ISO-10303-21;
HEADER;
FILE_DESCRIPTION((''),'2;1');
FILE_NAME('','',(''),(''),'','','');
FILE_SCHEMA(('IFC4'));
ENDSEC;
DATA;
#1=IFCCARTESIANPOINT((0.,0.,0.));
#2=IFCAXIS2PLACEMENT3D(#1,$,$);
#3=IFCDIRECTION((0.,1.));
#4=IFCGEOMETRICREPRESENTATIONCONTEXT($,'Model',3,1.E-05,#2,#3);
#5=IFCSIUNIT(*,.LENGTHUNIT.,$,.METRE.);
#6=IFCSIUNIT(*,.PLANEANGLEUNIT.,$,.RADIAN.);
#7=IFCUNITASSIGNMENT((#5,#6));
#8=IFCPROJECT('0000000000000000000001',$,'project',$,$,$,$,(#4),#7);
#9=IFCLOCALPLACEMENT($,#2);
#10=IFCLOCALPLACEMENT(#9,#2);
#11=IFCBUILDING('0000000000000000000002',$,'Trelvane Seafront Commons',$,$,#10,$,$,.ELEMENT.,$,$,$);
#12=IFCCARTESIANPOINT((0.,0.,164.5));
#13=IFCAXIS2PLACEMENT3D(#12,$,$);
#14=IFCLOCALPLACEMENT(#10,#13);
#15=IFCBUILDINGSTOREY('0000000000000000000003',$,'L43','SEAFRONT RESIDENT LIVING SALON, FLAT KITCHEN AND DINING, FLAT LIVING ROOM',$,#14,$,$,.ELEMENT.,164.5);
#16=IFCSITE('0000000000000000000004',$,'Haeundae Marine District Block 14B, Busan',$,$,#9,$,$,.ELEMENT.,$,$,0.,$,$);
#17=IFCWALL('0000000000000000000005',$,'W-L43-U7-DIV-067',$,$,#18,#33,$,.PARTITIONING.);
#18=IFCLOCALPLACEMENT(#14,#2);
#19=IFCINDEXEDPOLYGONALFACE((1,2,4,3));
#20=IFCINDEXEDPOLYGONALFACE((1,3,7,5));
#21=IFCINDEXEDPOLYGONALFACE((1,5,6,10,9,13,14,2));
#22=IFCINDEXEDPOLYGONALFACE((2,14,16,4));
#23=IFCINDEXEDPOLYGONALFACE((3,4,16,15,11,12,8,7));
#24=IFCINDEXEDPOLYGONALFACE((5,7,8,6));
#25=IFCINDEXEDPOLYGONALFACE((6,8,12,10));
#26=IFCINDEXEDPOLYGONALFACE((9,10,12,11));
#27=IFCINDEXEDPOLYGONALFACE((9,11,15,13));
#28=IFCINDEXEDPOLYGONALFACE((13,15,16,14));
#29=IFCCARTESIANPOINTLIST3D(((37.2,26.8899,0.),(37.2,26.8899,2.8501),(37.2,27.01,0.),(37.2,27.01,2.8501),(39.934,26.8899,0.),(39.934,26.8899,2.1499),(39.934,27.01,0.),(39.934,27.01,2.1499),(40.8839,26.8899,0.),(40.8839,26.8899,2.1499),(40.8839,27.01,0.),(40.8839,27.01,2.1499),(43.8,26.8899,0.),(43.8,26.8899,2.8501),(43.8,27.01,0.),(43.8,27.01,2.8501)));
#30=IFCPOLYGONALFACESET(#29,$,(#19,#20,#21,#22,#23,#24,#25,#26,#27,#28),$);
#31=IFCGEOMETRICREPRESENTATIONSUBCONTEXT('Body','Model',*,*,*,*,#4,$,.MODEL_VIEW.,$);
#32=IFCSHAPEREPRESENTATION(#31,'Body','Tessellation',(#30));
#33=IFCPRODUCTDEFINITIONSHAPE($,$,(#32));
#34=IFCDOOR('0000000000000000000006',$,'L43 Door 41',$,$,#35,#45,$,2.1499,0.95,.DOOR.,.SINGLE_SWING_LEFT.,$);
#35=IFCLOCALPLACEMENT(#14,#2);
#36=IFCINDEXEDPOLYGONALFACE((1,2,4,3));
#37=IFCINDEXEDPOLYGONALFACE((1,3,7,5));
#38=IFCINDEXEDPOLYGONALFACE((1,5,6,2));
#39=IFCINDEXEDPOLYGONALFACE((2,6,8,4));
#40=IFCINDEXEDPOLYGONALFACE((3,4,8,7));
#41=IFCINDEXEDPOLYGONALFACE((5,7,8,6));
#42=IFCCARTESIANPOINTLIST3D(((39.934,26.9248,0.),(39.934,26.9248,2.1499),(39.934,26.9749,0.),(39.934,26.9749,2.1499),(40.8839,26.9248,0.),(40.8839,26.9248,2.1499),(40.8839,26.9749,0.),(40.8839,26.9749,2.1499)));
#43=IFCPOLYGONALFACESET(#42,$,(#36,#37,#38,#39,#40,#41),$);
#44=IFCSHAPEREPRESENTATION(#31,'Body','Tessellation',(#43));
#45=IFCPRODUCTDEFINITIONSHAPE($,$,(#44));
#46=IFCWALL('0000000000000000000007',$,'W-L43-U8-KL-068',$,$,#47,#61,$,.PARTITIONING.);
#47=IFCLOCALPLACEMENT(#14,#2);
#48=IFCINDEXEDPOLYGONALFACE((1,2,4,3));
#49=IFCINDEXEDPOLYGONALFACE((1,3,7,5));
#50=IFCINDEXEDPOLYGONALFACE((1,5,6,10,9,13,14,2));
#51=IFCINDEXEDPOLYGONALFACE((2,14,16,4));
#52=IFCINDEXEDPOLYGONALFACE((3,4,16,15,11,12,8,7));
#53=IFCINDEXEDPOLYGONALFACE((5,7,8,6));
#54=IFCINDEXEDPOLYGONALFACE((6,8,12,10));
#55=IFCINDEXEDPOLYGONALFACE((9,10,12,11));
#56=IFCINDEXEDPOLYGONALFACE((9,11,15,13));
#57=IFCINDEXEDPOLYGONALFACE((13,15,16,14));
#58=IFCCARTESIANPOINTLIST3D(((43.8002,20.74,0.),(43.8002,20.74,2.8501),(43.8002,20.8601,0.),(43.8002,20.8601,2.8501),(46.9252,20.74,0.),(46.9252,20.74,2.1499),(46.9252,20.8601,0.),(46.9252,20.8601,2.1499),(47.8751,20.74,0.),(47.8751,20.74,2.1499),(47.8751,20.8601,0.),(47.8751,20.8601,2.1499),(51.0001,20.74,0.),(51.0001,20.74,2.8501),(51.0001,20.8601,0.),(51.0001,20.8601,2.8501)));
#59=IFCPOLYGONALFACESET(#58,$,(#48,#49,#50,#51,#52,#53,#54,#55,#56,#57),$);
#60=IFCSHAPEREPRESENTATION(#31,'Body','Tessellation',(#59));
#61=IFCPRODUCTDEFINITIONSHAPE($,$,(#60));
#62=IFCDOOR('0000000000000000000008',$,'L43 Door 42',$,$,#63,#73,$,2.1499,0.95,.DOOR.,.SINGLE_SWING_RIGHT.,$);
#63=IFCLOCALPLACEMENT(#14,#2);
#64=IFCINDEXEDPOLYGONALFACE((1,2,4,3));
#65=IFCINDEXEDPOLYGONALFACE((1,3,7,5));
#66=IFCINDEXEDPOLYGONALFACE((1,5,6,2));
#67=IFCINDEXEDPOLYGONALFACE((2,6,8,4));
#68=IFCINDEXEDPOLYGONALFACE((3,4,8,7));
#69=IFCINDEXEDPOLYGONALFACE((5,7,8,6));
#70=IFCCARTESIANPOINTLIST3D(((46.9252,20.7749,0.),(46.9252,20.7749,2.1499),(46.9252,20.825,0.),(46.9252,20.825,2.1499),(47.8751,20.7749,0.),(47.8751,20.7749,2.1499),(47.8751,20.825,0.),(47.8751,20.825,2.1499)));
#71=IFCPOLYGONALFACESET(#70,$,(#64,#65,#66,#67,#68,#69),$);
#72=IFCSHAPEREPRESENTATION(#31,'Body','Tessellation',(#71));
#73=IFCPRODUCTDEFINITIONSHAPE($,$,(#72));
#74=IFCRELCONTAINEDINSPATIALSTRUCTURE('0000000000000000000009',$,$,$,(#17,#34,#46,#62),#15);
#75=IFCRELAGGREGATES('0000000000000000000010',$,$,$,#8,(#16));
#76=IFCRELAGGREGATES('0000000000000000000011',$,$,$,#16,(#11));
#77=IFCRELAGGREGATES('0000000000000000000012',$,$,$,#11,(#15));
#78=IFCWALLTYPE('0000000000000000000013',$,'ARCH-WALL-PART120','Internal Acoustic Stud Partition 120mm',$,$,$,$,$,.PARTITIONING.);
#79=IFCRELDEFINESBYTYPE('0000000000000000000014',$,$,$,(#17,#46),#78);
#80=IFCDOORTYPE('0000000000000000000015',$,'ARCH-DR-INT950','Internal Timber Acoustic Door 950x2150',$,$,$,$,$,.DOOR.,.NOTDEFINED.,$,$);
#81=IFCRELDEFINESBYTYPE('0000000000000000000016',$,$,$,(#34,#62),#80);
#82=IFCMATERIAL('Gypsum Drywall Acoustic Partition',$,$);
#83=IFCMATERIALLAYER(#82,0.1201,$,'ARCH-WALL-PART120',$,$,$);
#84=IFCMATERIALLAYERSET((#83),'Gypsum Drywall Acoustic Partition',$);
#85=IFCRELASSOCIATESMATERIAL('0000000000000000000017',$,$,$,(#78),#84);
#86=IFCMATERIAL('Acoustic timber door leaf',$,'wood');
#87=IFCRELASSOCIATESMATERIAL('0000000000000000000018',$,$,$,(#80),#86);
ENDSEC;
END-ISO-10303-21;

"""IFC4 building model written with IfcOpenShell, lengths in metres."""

from ifc_helpers import new_model, si_unit, direction, frame, frame_2d, origin, place, context, subcontext, project, spatial, rectangle, extrude, source, transform, mapped, material, layer, layer_set, type_object, element, fill, save


model = new_model("IFC4")

# Units and contexts
model_context = context("Model", 3, precision=1e-05, world=origin(), true_north=direction((0.0, 1.0)))
body_context = subcontext(model_context, "Body", "Model", "MODEL_VIEW")
ifc_project = project(units=[si_unit("LENGTHUNIT", "METRE"), si_unit("PLANEANGLEUNIT", "RADIAN")], contexts=[model_context])

# Site, building, storey
site_placement = place(None, origin())
site = spatial("IfcSite", under=ifc_project, at=site_placement, Name="Haeundae Marine District Block 14B, Busan", CompositionType="ELEMENT", RefElevation=0.0)
building_placement = place(site_placement, origin())
building = spatial("IfcBuilding", under=site, at=building_placement, Name="Trelvane Seafront Commons", CompositionType="ELEMENT")
storey_placement = place(building_placement, frame((0.0, 0.0, 164.5)))
storey = spatial("IfcBuildingStorey", under=building, at=storey_placement, Name="L43", Description="SEAFRONT RESIDENT LIVING SALON, FLAT KITCHEN AND DINING, FLAT LIVING ROOM", CompositionType="ELEMENT", Elevation=164.5)

# Walls, openings, doors
ifc_material_1 = material(Name="Gypsum Drywall Acoustic Partition")
ifc_layer = layer(ifc_material_1, 0.1201, Name="ARCH-WALL-PART120")
ifc_layer_set = layer_set([ifc_layer], Name="Gypsum Drywall Acoustic Partition")
wall_type = type_object("IfcWallType", Name="ARCH-WALL-PART120", Description="Internal Acoustic Stud Partition 120mm", PredefinedType="PARTITIONING", material=ifc_layer_set)
wall_1_placement = place(storey_placement, frame((37.2, 26.95, 0.0), z_axis=(0.0, 0.0, 1.0), x_axis=(1.0, 0.0, 0.0)))
wall_1 = element("IfcWall", 1, at=wall_1_placement, inside=storey, type_object=wall_type, Name="W-L43-U7-DIV-067", PredefinedType="PARTITIONING", context=body_context, shape_type="SweptSolid", body=[
    extrude(rectangle(XDim=6.6001, YDim=0.1201, at=frame_2d((3.3, 0.0))), origin(), (0.0, 0.0, 1.0), 2.8501),
])
opening_1_placement = place(wall_1_placement, frame((2.7339, 0.0, 0.0)))
opening_1 = element("IfcOpeningElement", 2, at=opening_1_placement, cuts=wall_1, PredefinedType="OPENING", context=body_context, shape_type="SweptSolid", body=[
    extrude(rectangle(XDim=0.95, YDim=2.1499, at=frame_2d((0.4751, 1.075))), frame((0.0, 0.0701, 0.0), z_axis=(0.0, -1.0, 0.0), x_axis=(1.0, 0.0, 0.0)), (0.0, 0.0, 1.0), 0.1401),
])
ifc_material_2 = material(Name="Acoustic timber door leaf", Category="wood")
door_type = type_object("IfcDoorType", Name="ARCH-DR-INT950", Description="Internal Timber Acoustic Door 950x2150", OperationType="NOTDEFINED", PredefinedType="DOOR", material=ifc_material_2)
shared_shape_1 = source(origin(), body_context, "Body", "SweptSolid", [
    extrude(rectangle(XDim=0.95, YDim=2.1499, at=frame_2d((0.4751, 1.075))), frame((0.0, 0.0249, 0.0), z_axis=(0.0, -1.0, 0.0), x_axis=(1.0, 0.0, 0.0)), (0.0, 0.0, 1.0), 0.05),
])
door_1_placement = place(opening_1_placement, origin())
door_1 = element("IfcDoor", 3, at=door_1_placement, inside=storey, type_object=door_type, Name="L43 Door 41", OperationType="SINGLE_SWING_LEFT", OverallHeight=2.1499, OverallWidth=0.95, PredefinedType="DOOR", context=body_context, shape_type="MappedRepresentation", body=[
    mapped(shared_shape_1, transform((0.0, 0.0, 0.0), x_axis=(1.0, 0.0, 0.0), y_axis=(0.0, 1.0, 0.0), z_axis=(0.0, 0.0, 1.0), scale=1.0)),
])
fill(opening_1, door_1)
wall_2_placement = place(storey_placement, frame((43.8, 20.8, 0.0), z_axis=(0.0, 0.0, 1.0), x_axis=(1.0, 0.0, 0.0)))
wall_2 = element("IfcWall", 4, at=wall_2_placement, inside=storey, type_object=wall_type, Name="W-L43-U8-KL-068", PredefinedType="PARTITIONING", context=body_context, shape_type="SweptSolid", body=[
    extrude(rectangle(XDim=7.2, YDim=0.1201, at=frame_2d((3.6001, 0.0))), origin(), (0.0, 0.0, 1.0), 2.8501),
])
opening_2_placement = place(wall_2_placement, frame((3.125, 0.0, 0.0)))
opening_2 = element("IfcOpeningElement", 5, at=opening_2_placement, cuts=wall_2, PredefinedType="OPENING", context=body_context, shape_type="SweptSolid", body=[
    extrude(rectangle(XDim=0.95, YDim=2.1499, at=frame_2d((0.4751, 1.075))), frame((0.0, 0.0701, 0.0), z_axis=(0.0, -1.0, 0.0), x_axis=(1.0, 0.0, 0.0)), (0.0, 0.0, 1.0), 0.1401),
])
door_2_placement = place(opening_2_placement, origin())
door_2 = element("IfcDoor", 6, at=door_2_placement, inside=storey, type_object=door_type, Name="L43 Door 42", OperationType="SINGLE_SWING_RIGHT", OverallHeight=2.1499, OverallWidth=0.95, PredefinedType="DOOR", context=body_context, shape_type="MappedRepresentation", body=[
    mapped(shared_shape_1, transform((0.0, 0.0, 0.0), x_axis=(1.0, 0.0, 0.0), y_axis=(0.0, 1.0, 0.0), z_axis=(0.0, 0.0, 1.0), scale=1.0)),
])
fill(opening_2, door_2)

save(model, "model.ifc")
